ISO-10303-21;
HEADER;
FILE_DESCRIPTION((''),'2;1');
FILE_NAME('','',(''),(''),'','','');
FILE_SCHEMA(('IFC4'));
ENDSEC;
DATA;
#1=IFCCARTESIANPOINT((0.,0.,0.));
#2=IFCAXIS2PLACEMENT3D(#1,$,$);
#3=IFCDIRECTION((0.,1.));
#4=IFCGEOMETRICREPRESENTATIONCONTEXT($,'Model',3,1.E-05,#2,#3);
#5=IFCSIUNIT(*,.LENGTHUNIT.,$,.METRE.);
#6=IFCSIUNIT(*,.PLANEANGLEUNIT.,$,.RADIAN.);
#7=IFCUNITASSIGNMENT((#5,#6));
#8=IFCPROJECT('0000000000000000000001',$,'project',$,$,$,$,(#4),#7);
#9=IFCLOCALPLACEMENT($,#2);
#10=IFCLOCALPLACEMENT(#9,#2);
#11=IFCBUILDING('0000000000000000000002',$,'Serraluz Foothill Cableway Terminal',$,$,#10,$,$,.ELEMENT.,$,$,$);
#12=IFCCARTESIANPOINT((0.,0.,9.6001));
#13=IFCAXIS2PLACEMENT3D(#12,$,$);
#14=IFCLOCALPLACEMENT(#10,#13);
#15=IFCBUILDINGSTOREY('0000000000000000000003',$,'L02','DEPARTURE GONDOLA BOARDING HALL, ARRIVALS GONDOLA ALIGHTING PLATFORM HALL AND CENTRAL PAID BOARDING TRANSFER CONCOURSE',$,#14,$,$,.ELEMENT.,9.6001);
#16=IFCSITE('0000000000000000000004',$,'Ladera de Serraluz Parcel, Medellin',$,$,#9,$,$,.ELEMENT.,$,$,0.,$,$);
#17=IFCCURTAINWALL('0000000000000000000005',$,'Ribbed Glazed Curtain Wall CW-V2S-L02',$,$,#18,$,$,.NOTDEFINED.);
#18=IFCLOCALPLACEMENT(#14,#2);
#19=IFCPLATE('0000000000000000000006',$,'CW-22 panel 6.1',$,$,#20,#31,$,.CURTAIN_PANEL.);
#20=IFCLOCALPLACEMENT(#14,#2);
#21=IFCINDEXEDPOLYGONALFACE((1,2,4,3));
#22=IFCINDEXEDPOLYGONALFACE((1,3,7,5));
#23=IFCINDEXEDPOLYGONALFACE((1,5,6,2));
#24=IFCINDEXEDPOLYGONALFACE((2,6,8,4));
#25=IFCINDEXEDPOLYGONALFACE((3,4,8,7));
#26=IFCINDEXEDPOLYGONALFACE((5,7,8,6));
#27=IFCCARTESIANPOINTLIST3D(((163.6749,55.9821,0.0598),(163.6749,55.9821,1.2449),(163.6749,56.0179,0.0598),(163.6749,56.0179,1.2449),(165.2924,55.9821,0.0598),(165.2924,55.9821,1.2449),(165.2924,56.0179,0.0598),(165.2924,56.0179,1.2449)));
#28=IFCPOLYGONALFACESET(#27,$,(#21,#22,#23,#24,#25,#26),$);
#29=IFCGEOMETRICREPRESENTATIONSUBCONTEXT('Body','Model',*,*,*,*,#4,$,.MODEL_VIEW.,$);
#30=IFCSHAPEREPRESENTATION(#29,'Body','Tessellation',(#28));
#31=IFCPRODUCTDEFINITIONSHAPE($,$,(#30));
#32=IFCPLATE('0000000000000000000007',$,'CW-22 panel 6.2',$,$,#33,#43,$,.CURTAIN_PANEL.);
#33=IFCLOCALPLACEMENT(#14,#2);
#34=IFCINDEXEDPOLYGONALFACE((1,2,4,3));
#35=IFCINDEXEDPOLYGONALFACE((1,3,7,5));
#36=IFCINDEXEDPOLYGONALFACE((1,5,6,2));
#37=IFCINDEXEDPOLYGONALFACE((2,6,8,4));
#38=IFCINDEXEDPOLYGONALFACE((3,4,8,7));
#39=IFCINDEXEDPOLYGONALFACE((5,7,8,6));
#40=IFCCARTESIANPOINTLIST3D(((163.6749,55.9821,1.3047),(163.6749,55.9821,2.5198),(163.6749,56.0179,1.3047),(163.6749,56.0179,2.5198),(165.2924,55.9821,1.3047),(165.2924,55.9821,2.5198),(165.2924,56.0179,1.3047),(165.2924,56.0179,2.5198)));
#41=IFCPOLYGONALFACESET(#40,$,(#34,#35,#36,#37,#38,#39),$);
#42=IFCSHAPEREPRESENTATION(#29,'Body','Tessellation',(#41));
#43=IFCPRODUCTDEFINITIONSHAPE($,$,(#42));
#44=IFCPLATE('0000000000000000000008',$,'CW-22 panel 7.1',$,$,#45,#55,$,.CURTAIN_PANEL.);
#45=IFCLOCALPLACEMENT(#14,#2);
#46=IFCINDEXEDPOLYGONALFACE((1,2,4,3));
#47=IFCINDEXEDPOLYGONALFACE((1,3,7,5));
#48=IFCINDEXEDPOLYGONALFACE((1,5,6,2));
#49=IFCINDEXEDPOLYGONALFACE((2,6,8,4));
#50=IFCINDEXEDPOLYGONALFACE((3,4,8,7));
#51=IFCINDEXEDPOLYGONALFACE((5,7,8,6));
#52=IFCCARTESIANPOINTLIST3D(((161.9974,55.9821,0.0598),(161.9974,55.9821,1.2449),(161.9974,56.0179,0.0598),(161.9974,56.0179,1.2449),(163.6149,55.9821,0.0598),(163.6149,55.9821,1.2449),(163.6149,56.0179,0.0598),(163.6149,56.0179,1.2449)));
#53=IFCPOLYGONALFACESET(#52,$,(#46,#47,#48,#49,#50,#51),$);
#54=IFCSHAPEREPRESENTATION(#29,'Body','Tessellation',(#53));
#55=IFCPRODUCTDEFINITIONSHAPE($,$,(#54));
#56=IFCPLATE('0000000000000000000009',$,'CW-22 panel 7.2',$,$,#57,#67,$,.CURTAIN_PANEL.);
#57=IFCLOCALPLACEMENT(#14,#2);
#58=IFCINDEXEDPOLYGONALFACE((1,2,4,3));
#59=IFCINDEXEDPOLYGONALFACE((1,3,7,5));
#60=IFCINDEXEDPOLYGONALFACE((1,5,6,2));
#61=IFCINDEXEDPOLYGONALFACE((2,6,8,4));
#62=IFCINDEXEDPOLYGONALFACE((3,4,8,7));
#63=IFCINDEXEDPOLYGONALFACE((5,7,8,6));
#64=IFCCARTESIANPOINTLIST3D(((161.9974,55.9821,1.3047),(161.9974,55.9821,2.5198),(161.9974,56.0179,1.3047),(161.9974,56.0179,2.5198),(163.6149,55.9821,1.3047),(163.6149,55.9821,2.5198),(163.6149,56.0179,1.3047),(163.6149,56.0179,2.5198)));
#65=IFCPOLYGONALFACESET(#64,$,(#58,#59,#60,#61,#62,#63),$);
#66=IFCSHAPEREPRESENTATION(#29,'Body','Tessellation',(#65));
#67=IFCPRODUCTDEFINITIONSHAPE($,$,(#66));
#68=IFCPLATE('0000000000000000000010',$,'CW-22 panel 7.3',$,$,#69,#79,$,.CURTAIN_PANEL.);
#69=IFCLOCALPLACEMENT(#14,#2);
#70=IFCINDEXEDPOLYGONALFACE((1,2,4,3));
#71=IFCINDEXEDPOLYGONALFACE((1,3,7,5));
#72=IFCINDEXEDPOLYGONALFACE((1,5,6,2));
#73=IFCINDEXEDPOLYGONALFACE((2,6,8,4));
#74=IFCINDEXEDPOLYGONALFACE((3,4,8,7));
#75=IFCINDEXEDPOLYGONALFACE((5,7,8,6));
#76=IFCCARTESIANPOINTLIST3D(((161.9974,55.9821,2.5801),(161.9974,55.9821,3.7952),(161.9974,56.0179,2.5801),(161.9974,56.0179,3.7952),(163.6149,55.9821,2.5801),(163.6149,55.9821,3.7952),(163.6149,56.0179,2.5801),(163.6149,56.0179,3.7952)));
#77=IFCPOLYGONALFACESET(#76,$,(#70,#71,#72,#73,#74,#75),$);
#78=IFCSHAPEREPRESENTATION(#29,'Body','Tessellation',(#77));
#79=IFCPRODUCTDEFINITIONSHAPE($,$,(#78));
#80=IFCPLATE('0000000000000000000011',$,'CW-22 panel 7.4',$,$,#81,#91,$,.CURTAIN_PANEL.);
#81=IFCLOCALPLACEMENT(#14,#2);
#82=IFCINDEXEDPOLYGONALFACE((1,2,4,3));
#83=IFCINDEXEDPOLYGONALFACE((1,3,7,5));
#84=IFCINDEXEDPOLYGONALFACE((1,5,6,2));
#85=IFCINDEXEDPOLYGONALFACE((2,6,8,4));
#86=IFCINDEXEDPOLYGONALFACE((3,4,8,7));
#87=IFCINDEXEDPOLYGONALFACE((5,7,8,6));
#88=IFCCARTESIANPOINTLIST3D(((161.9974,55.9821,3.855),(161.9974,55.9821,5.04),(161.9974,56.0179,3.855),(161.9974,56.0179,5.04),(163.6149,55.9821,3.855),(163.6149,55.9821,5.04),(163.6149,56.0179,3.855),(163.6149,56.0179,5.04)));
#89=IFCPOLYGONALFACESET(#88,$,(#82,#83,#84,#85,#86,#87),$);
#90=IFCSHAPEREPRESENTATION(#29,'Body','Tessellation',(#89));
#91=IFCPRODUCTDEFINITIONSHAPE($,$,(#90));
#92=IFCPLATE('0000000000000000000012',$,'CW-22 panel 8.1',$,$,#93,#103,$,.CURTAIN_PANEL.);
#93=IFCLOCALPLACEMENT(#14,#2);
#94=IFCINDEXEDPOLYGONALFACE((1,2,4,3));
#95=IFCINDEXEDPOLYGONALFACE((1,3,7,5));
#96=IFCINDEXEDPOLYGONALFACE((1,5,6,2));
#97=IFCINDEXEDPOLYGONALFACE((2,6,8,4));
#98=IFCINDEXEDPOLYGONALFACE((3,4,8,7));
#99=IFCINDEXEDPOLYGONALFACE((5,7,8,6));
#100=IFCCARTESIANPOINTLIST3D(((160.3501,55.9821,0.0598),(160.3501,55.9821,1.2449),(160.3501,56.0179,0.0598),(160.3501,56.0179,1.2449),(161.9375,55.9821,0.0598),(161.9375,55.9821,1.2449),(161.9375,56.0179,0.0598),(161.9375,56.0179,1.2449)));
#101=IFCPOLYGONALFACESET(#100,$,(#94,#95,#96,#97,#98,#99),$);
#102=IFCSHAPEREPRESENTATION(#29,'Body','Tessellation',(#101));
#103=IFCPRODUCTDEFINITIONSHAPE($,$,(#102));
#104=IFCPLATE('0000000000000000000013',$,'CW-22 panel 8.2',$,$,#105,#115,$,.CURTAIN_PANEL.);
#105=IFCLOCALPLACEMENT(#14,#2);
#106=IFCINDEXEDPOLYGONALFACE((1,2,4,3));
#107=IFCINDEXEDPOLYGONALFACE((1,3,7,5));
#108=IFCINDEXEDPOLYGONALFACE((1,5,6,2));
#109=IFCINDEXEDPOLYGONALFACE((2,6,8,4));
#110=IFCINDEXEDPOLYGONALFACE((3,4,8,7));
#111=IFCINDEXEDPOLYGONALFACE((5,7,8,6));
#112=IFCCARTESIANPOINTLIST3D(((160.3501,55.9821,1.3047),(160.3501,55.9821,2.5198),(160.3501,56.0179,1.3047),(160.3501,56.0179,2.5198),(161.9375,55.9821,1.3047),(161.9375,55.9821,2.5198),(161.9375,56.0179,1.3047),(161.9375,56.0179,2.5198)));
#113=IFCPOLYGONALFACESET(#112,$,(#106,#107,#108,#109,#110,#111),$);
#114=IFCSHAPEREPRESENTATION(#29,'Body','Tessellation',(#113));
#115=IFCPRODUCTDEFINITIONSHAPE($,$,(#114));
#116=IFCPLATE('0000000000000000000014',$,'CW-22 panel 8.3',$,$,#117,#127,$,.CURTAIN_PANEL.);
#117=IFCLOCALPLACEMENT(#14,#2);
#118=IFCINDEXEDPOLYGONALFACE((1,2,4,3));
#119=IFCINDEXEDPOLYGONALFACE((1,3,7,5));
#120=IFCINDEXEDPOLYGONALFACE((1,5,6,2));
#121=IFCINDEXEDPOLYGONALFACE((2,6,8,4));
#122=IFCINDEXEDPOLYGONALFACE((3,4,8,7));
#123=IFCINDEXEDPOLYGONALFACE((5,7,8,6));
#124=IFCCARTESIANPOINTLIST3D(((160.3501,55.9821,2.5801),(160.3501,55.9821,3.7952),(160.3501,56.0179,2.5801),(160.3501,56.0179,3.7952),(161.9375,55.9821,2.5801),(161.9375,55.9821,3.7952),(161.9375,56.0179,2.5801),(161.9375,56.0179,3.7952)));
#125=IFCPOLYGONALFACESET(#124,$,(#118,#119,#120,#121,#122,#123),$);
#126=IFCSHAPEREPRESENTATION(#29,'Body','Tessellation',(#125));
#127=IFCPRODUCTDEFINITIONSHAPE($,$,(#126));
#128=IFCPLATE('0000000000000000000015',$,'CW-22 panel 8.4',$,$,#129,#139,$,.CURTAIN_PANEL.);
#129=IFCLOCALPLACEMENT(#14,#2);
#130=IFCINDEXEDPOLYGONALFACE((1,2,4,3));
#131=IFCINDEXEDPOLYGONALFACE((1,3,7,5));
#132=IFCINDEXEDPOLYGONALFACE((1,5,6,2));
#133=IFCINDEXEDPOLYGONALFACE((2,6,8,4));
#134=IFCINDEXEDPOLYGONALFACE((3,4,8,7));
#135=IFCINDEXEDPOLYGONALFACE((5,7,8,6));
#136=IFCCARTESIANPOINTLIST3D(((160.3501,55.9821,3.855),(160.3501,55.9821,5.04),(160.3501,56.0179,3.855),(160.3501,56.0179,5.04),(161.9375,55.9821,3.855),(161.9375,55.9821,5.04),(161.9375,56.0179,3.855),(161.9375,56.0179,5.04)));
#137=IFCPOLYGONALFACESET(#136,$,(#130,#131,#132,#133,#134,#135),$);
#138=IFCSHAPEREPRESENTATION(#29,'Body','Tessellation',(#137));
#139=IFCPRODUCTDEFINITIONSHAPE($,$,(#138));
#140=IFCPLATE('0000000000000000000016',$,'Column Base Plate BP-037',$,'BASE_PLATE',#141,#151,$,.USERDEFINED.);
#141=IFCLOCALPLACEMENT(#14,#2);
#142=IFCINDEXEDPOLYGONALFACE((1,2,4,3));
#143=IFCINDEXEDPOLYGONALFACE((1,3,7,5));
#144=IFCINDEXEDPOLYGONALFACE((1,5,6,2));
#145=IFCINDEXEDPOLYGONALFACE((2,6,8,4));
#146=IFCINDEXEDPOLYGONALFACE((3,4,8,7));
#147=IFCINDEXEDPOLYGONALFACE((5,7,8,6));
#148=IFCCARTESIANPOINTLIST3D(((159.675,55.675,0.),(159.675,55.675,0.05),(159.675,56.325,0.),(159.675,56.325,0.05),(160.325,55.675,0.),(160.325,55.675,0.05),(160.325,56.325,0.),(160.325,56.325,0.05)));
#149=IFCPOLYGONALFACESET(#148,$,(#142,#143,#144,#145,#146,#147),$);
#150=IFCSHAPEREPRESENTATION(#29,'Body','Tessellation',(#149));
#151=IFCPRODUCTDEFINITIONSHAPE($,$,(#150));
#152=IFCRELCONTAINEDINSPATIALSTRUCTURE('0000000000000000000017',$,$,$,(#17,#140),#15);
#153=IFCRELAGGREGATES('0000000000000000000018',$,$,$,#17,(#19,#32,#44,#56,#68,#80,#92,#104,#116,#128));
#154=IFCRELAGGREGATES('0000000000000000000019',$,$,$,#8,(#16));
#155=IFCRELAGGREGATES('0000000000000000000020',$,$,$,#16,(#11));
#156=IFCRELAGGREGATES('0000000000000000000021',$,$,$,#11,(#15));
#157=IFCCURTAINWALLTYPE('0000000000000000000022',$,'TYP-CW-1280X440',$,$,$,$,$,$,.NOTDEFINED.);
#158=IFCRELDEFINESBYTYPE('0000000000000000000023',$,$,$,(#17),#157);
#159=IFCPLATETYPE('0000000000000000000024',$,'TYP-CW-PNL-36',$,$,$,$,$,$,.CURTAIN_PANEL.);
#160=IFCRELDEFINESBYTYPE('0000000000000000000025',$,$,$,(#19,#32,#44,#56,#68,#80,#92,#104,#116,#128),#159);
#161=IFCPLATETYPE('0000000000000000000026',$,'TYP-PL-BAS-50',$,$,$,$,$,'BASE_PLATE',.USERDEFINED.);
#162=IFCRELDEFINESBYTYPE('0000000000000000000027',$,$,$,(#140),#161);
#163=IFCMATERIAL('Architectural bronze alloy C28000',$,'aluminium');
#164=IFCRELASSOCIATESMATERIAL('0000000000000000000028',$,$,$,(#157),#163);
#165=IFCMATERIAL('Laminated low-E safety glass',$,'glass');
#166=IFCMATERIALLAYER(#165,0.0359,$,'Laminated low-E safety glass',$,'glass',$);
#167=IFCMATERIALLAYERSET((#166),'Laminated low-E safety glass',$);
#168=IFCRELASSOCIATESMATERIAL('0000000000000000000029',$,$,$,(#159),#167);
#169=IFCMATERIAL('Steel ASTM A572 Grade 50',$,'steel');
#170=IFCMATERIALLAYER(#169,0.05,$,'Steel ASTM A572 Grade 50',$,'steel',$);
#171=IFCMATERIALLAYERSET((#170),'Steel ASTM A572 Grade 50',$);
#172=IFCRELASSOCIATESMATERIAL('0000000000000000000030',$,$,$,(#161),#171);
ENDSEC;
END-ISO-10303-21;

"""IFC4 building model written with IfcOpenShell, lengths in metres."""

from ifc_helpers import new_model, si_unit, direction, frame, origin, origin_2d, place, context, subcontext, project, spatial, rectangle, extrude, material, layer, layer_set, type_object, element, aggregate, save


model = new_model("IFC4")

# Units and contexts
model_context = context("Model", 3, precision=1e-05, world=origin(), true_north=direction((0.0, 1.0)))
body_context = subcontext(model_context, "Body", "Model", "MODEL_VIEW")
ifc_project = project(units=[si_unit("LENGTHUNIT", "METRE"), si_unit("PLANEANGLEUNIT", "RADIAN")], contexts=[model_context])

# Site, building, storey
site_placement = place(None, origin())
site = spatial("IfcSite", under=ifc_project, at=site_placement, Name="Ladera de Serraluz Parcel, Medellin", CompositionType="ELEMENT", RefElevation=0.0)
building_placement = place(site_placement, origin())
building = spatial("IfcBuilding", under=site, at=building_placement, Name="Serraluz Foothill Cableway Terminal", CompositionType="ELEMENT")
storey_placement = place(building_placement, frame((0.0, 0.0, 9.6001)))
storey = spatial("IfcBuildingStorey", under=building, at=storey_placement, Name="L02", Description="DEPARTURE GONDOLA BOARDING HALL, ARRIVALS GONDOLA ALIGHTING PLATFORM HALL AND CENTRAL PAID BOARDING TRANSFER CONCOURSE", CompositionType="ELEMENT", Elevation=9.6001)

# Shared definitions
ifc_material_1 = material(Name="Steel ASTM A572 Grade 50", Category="steel")

# Curtain wall, plates
ifc_material_2 = material(Name="Architectural bronze alloy C28000", Category="aluminium")
curtain_wall_type = type_object("IfcCurtainWallType", Name="TYP-CW-1280X440", PredefinedType="NOTDEFINED", material=ifc_material_2)
curtain_wall_placement = place(storey_placement, origin())
curtain_wall = element("IfcCurtainWall", 1, at=curtain_wall_placement, inside=storey, type_object=curtain_wall_type, Name="Ribbed Glazed Curtain Wall CW-V2S-L02", PredefinedType="NOTDEFINED")
ifc_material_3 = material(Name="Laminated low-E safety glass", Category="glass")
ifc_layer_1 = layer(ifc_material_3, 0.0359, Name="Laminated low-E safety glass", Category="glass")
ifc_layer_set_1 = layer_set([ifc_layer_1], Name="Laminated low-E safety glass")
plate_type_1 = type_object("IfcPlateType", Name="TYP-CW-PNL-36", PredefinedType="CURTAIN_PANEL", material=ifc_layer_set_1)
plate_1_placement = place(storey_placement, frame((164.4836, 56.0, 0.0598), z_axis=(0.0, 0.0, 1.0), x_axis=(-1.0, 0.0, 0.0)))
plate_1 = element("IfcPlate", 2, at=plate_1_placement, type_object=plate_type_1, Name="CW-22 panel 6.1", PredefinedType="CURTAIN_PANEL", context=body_context, shape_type="SweptSolid", body=[
    extrude(rectangle(XDim=1.6174, YDim=0.0359, at=origin_2d()), origin(), (0.0, 0.0, 1.0), 1.1851),
])
plate_2_placement = place(storey_placement, frame((164.4836, 56.0, 1.3047), z_axis=(0.0, 0.0, 1.0), x_axis=(-1.0, 0.0, 0.0)))
plate_2 = element("IfcPlate", 3, at=plate_2_placement, type_object=plate_type_1, Name="CW-22 panel 6.2", PredefinedType="CURTAIN_PANEL", context=body_context, shape_type="SweptSolid", body=[
    extrude(rectangle(XDim=1.6174, YDim=0.0359, at=origin_2d()), origin(), (0.0, 0.0, 1.0), 1.2151),
])
plate_3_placement = place(storey_placement, frame((162.8062, 56.0, 0.0598), z_axis=(0.0, 0.0, 1.0), x_axis=(-1.0, 0.0, 0.0)))
plate_3 = element("IfcPlate", 4, at=plate_3_placement, type_object=plate_type_1, Name="CW-22 panel 7.1", PredefinedType="CURTAIN_PANEL", context=body_context, shape_type="SweptSolid", body=[
    extrude(rectangle(XDim=1.6174, YDim=0.0359, at=origin_2d()), origin(), (0.0, 0.0, 1.0), 1.1851),
])
plate_4_placement = place(storey_placement, frame((162.8062, 56.0, 1.3047), z_axis=(0.0, 0.0, 1.0), x_axis=(-1.0, 0.0, 0.0)))
plate_4 = element("IfcPlate", 5, at=plate_4_placement, type_object=plate_type_1, Name="CW-22 panel 7.2", PredefinedType="CURTAIN_PANEL", context=body_context, shape_type="SweptSolid", body=[
    extrude(rectangle(XDim=1.6174, YDim=0.0359, at=origin_2d()), origin(), (0.0, 0.0, 1.0), 1.2151),
])
plate_5_placement = place(storey_placement, frame((162.8062, 56.0, 2.5801), z_axis=(0.0, 0.0, 1.0), x_axis=(-1.0, 0.0, 0.0)))
plate_5 = element("IfcPlate", 6, at=plate_5_placement, type_object=plate_type_1, Name="CW-22 panel 7.3", PredefinedType="CURTAIN_PANEL", context=body_context, shape_type="SweptSolid", body=[
    extrude(rectangle(XDim=1.6174, YDim=0.0359, at=origin_2d()), origin(), (0.0, 0.0, 1.0), 1.2151),
])
plate_6_placement = place(storey_placement, frame((162.8062, 56.0, 3.855), z_axis=(0.0, 0.0, 1.0), x_axis=(-1.0, 0.0, 0.0)))
plate_6 = element("IfcPlate", 7, at=plate_6_placement, type_object=plate_type_1, Name="CW-22 panel 7.4", PredefinedType="CURTAIN_PANEL", context=body_context, shape_type="SweptSolid", body=[
    extrude(rectangle(XDim=1.6174, YDim=0.0359, at=origin_2d()), origin(), (0.0, 0.0, 1.0), 1.1851),
])
plate_7_placement = place(storey_placement, frame((161.1438, 56.0, 0.0598), z_axis=(0.0, 0.0, 1.0), x_axis=(-1.0, 0.0, 0.0)))
plate_7 = element("IfcPlate", 8, at=plate_7_placement, type_object=plate_type_1, Name="CW-22 panel 8.1", PredefinedType="CURTAIN_PANEL", context=body_context, shape_type="SweptSolid", body=[
    extrude(rectangle(XDim=1.5874, YDim=0.0359, at=origin_2d()), origin(), (0.0, 0.0, 1.0), 1.1851),
])
plate_8_placement = place(storey_placement, frame((161.1438, 56.0, 1.3047), z_axis=(0.0, 0.0, 1.0), x_axis=(-1.0, 0.0, 0.0)))
plate_8 = element("IfcPlate", 9, at=plate_8_placement, type_object=plate_type_1, Name="CW-22 panel 8.2", PredefinedType="CURTAIN_PANEL", context=body_context, shape_type="SweptSolid", body=[
    extrude(rectangle(XDim=1.5874, YDim=0.0359, at=origin_2d()), origin(), (0.0, 0.0, 1.0), 1.2151),
])
plate_9_placement = place(storey_placement, frame((161.1438, 56.0, 2.5801), z_axis=(0.0, 0.0, 1.0), x_axis=(-1.0, 0.0, 0.0)))
plate_9 = element("IfcPlate", 10, at=plate_9_placement, type_object=plate_type_1, Name="CW-22 panel 8.3", PredefinedType="CURTAIN_PANEL", context=body_context, shape_type="SweptSolid", body=[
    extrude(rectangle(XDim=1.5874, YDim=0.0359, at=origin_2d()), origin(), (0.0, 0.0, 1.0), 1.2151),
])
plate_10_placement = place(storey_placement, frame((161.1438, 56.0, 3.855), z_axis=(0.0, 0.0, 1.0), x_axis=(-1.0, 0.0, 0.0)))
plate_10 = element("IfcPlate", 11, at=plate_10_placement, type_object=plate_type_1, Name="CW-22 panel 8.4", PredefinedType="CURTAIN_PANEL", context=body_context, shape_type="SweptSolid", body=[
    extrude(rectangle(XDim=1.5874, YDim=0.0359, at=origin_2d()), origin(), (0.0, 0.0, 1.0), 1.1851),
])
aggregate(curtain_wall, [plate_1, plate_2, plate_3, plate_4, plate_5, plate_6, plate_7, plate_8, plate_9, plate_10])

# Plate
ifc_layer_2 = layer(ifc_material_1, 0.05, Name="Steel ASTM A572 Grade 50", Category="steel")
ifc_layer_set_2 = layer_set([ifc_layer_2], Name="Steel ASTM A572 Grade 50")
plate_type_2 = type_object("IfcPlateType", Name="TYP-PL-BAS-50", ElementType="BASE_PLATE", PredefinedType="USERDEFINED", material=ifc_layer_set_2)
plate_11_placement = place(storey_placement, frame((160.0, 56.0, 0.0), z_axis=(0.0, 0.0, 1.0), x_axis=(1.0, 0.0, 0.0)))
element("IfcPlate", 12, at=plate_11_placement, inside=storey, type_object=plate_type_2, Name="Column Base Plate BP-037", ObjectType="BASE_PLATE", PredefinedType="USERDEFINED", context=body_context, shape_type="SweptSolid", body=[
    extrude(rectangle(XDim=0.6499, YDim=0.6499, at=origin_2d()), origin(), (0.0, 0.0, 1.0), 0.05),
])

save(model, "model.ifc")
